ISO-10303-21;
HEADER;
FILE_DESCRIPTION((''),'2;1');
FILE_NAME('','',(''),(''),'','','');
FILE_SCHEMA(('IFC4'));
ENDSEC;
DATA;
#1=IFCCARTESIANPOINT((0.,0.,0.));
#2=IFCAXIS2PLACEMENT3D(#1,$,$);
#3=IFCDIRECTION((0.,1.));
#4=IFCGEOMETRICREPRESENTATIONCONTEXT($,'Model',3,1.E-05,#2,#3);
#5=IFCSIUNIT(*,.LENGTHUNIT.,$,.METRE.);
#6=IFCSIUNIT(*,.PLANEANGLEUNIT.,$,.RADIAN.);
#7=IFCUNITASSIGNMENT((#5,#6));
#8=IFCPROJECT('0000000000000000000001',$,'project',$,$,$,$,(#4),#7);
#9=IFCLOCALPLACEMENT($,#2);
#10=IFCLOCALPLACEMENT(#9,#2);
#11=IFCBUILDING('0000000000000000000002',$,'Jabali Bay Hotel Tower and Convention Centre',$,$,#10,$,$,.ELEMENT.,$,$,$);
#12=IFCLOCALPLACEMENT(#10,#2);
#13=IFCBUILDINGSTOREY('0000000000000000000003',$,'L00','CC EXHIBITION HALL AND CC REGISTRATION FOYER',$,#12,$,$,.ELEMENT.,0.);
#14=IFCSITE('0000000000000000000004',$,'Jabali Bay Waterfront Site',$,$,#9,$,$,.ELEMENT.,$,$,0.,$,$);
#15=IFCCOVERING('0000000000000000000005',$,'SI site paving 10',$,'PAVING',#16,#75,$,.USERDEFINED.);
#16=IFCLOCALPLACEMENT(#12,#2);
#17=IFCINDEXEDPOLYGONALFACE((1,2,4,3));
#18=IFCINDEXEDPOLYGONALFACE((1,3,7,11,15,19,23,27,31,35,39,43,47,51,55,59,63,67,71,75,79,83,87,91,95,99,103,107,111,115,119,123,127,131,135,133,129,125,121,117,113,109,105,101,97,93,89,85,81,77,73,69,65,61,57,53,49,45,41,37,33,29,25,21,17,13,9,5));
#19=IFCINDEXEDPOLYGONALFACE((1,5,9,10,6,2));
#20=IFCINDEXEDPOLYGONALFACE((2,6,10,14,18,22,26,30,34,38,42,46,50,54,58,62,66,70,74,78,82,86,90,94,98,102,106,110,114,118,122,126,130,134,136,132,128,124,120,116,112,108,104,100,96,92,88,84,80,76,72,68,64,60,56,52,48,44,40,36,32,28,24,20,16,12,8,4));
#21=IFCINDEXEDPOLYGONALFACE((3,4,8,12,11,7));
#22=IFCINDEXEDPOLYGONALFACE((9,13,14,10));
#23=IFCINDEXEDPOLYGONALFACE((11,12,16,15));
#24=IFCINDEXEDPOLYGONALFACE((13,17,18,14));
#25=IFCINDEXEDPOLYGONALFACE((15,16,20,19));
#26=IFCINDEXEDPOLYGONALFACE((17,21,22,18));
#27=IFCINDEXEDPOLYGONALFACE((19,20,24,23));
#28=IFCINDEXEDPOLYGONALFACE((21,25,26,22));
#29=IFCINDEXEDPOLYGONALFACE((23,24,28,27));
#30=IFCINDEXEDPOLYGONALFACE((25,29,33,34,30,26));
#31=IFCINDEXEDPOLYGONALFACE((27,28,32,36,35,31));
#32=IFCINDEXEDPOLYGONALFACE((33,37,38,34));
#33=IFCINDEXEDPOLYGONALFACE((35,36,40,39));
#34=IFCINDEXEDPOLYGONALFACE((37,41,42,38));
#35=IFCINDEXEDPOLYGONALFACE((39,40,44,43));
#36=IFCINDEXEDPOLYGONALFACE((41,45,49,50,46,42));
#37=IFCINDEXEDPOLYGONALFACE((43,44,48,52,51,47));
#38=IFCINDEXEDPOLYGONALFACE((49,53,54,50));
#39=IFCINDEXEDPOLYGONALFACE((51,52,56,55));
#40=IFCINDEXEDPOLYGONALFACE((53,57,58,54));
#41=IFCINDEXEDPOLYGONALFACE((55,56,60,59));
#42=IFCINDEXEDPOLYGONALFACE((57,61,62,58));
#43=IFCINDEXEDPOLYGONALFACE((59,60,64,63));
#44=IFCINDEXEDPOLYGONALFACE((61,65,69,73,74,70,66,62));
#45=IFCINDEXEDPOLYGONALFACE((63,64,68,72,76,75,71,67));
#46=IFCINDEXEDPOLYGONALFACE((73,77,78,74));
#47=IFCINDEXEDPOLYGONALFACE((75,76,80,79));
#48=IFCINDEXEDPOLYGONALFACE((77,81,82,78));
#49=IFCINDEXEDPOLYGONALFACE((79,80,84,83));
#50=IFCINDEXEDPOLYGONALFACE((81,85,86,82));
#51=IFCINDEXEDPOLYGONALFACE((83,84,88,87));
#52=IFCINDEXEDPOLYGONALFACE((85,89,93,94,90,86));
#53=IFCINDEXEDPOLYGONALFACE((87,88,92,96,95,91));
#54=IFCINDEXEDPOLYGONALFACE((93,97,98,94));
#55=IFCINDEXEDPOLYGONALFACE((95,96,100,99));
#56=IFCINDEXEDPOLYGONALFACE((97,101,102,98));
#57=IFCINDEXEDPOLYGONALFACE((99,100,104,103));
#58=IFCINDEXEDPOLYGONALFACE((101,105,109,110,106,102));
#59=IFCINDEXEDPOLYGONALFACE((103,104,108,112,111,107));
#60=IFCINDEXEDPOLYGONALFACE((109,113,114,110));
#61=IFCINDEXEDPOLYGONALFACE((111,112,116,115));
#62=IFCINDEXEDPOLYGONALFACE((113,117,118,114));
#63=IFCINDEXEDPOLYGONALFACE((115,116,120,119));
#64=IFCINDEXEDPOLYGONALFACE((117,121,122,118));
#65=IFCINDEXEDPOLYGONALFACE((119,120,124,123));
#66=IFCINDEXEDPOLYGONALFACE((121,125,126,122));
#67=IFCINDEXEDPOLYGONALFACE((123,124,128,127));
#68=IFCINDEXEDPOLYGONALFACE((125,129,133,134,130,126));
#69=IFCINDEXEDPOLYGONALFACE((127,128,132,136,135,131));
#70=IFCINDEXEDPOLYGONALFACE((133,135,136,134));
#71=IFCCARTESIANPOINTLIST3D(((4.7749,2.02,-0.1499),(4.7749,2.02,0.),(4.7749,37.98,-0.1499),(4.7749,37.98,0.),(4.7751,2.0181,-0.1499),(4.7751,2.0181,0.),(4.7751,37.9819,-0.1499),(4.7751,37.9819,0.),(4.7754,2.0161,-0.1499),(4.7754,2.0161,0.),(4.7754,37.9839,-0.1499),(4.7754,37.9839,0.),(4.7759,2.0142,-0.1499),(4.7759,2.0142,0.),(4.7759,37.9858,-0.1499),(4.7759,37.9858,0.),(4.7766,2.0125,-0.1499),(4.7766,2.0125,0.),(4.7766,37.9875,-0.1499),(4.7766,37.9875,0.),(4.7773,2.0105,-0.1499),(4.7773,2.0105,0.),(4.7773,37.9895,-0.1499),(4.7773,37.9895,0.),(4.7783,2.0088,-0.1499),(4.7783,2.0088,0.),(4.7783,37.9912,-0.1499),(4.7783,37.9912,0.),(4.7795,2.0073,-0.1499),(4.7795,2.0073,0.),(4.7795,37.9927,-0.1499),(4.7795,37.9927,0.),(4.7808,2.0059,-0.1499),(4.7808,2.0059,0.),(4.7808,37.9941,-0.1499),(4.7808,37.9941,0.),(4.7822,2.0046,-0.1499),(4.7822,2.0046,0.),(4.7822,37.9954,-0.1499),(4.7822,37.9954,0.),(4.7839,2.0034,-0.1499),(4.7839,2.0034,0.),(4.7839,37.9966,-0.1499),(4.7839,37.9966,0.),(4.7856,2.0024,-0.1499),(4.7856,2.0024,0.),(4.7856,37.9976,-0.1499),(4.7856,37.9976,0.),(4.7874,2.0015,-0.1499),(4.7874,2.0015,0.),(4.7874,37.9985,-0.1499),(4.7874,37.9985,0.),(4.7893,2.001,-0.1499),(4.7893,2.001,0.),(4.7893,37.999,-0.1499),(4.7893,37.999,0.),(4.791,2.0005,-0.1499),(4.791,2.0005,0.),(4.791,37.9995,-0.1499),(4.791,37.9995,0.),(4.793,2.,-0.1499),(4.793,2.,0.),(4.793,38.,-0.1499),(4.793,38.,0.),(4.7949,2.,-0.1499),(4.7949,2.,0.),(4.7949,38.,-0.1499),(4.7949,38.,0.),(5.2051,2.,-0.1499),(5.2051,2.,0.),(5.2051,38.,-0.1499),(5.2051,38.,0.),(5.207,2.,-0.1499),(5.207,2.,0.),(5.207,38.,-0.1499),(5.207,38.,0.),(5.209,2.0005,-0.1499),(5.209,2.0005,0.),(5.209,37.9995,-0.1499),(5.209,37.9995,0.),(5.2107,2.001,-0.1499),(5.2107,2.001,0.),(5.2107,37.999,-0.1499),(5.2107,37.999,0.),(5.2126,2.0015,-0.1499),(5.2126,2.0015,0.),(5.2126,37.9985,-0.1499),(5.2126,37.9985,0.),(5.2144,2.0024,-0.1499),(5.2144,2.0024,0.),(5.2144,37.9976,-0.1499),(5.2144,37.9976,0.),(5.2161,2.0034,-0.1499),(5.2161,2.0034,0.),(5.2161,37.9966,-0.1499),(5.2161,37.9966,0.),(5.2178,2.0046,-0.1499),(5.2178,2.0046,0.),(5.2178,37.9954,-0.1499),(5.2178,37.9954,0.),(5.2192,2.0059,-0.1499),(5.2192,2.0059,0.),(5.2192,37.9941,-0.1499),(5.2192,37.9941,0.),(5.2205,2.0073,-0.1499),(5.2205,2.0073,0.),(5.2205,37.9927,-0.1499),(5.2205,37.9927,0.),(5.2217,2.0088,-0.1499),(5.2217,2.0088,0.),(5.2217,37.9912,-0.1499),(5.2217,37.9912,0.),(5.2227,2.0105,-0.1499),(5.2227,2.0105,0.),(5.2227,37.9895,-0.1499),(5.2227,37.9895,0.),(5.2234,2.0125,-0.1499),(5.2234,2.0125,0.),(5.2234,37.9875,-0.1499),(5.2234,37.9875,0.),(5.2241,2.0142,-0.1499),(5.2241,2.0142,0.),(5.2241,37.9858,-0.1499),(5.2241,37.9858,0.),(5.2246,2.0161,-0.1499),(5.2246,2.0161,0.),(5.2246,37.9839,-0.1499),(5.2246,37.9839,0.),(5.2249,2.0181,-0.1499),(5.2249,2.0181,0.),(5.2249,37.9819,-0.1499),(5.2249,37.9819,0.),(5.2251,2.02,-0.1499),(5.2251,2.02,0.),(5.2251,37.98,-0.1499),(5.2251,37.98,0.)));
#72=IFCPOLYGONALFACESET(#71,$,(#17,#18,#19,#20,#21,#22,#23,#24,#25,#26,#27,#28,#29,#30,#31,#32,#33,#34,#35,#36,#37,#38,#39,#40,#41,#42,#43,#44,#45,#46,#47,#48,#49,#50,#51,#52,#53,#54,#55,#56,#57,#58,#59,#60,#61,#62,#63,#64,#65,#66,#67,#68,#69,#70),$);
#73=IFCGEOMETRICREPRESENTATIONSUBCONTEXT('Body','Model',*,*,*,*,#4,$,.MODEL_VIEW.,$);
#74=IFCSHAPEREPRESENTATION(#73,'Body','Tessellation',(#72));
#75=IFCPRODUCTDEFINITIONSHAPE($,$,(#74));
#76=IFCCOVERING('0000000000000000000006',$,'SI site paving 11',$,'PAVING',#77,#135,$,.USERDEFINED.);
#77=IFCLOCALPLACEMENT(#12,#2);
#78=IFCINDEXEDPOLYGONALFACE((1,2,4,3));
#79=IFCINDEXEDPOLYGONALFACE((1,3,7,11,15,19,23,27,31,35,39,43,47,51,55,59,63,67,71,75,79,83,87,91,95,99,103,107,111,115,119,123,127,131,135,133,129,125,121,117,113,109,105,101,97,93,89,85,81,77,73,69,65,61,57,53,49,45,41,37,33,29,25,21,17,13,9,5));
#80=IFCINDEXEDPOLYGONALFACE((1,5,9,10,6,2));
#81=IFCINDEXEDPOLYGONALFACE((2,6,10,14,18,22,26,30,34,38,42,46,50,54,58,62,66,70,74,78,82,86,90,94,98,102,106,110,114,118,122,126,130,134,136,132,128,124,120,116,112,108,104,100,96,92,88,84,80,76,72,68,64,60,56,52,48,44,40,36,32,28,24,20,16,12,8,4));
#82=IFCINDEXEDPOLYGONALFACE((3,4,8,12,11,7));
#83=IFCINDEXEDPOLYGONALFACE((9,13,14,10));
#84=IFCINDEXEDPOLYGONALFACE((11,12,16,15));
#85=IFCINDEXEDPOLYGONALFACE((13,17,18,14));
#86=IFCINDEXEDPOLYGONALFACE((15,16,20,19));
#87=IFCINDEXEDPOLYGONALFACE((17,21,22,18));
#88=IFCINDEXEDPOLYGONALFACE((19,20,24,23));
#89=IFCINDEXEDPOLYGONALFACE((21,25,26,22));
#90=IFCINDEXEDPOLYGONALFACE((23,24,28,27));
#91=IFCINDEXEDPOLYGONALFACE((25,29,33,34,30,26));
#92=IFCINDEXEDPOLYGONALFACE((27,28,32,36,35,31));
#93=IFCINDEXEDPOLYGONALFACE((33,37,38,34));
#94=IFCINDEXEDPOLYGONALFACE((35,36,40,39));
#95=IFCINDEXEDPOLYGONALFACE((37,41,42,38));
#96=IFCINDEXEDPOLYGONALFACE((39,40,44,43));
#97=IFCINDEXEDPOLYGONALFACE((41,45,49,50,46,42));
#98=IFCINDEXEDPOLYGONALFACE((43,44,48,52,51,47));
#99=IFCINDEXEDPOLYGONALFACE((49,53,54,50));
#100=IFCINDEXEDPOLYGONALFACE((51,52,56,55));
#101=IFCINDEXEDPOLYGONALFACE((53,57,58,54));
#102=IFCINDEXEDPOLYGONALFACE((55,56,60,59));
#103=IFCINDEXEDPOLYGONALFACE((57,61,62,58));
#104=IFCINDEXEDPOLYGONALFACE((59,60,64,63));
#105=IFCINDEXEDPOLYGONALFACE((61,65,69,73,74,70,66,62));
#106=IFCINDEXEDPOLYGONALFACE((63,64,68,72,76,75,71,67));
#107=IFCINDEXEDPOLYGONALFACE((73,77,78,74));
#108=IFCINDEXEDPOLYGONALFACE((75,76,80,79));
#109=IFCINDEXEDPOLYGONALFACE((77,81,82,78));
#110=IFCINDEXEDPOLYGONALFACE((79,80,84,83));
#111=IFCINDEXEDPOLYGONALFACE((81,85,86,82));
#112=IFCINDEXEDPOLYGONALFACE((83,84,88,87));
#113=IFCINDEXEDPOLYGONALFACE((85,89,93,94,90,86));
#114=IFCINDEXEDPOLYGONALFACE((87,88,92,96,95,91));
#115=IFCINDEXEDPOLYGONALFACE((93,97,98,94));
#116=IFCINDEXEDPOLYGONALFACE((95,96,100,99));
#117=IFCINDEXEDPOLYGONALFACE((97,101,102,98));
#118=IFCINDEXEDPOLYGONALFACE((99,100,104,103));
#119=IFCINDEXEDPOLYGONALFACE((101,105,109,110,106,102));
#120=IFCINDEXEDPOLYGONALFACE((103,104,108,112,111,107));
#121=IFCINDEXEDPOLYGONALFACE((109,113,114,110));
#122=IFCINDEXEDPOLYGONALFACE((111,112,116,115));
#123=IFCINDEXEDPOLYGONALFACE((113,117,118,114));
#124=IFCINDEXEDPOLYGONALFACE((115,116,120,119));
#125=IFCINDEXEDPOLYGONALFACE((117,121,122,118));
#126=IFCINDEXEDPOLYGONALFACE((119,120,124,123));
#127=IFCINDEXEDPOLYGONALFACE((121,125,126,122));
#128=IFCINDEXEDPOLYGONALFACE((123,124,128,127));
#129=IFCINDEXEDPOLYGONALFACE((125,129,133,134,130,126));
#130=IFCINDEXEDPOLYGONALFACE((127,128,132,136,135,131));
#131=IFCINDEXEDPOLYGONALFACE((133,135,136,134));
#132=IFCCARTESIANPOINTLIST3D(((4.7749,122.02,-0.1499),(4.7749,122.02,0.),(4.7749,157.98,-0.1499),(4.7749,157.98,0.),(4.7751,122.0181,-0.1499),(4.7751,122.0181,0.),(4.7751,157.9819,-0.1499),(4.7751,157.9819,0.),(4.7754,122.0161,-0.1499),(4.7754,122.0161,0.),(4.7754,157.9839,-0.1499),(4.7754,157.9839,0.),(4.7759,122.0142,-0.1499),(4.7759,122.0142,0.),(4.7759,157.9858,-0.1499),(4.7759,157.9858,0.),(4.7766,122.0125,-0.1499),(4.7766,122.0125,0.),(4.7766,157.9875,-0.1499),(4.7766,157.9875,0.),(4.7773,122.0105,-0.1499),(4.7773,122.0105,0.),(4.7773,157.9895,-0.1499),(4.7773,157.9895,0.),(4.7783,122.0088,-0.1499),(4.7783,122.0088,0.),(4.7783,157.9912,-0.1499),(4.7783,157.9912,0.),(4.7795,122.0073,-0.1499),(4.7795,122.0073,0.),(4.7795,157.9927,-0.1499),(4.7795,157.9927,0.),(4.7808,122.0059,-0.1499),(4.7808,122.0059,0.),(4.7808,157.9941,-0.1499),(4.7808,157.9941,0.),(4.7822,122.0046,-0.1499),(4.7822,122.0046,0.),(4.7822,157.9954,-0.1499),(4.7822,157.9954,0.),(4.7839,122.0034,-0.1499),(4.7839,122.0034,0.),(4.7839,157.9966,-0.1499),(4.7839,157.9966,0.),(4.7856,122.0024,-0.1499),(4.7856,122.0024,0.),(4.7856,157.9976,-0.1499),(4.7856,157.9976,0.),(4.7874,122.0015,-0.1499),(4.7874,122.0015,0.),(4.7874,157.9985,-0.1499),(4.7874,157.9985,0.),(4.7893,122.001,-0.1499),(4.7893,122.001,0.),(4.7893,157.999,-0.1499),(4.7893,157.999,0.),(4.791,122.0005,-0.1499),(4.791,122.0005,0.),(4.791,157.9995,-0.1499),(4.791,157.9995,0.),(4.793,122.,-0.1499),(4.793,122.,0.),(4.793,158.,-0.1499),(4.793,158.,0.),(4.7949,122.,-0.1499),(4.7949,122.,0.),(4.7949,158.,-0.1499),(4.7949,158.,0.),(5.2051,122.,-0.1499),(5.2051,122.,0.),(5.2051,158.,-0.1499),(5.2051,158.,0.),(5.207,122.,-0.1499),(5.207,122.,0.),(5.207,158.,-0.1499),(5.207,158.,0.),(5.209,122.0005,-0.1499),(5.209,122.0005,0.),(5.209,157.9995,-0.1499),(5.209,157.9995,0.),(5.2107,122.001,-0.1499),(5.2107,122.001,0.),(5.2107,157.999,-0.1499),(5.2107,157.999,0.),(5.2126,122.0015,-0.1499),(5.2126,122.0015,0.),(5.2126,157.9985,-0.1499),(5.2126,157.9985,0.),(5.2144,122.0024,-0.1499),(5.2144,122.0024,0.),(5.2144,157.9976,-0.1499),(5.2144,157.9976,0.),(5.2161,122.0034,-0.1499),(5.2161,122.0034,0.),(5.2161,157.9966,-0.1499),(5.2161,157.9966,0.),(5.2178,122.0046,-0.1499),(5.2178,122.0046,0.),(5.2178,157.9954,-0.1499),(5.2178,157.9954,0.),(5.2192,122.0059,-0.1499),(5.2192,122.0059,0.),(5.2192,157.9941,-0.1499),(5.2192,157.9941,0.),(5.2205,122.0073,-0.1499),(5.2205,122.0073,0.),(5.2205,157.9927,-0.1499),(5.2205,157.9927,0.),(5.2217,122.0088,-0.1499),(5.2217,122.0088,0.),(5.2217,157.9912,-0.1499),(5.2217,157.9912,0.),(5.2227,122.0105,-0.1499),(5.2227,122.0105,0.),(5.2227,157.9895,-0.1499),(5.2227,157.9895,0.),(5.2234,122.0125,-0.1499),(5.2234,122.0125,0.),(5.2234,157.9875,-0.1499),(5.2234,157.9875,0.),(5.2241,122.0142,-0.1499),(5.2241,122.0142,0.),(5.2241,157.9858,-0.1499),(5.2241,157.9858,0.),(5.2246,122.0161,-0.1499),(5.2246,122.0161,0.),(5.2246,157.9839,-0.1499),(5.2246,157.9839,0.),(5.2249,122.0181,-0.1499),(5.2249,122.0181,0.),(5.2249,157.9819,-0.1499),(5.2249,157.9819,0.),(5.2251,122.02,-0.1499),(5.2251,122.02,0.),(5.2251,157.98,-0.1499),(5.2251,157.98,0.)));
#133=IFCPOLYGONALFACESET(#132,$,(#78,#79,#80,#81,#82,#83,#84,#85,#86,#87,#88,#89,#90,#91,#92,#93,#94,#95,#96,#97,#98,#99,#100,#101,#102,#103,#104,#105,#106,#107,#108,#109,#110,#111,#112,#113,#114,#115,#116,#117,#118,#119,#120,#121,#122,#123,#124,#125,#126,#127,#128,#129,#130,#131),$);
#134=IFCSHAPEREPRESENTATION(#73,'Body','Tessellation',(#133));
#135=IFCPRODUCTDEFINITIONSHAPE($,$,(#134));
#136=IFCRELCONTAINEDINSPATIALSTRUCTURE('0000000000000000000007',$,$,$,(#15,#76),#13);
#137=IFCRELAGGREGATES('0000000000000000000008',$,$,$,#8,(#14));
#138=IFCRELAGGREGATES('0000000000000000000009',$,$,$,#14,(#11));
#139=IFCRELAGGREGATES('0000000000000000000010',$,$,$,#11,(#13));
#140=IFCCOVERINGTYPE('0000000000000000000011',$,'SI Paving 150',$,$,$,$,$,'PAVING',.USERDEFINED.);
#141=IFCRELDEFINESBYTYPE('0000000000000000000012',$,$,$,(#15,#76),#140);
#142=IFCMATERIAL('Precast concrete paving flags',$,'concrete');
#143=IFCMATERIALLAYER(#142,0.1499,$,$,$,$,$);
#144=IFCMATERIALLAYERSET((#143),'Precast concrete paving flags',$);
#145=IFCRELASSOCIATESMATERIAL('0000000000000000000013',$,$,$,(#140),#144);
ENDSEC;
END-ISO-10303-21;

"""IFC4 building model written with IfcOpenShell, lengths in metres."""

from ifc_helpers import new_model, si_unit, direction, frame, origin, place, context, subcontext, project, spatial, polyline, outline, extrude, material, layer, layer_set, type_object, element, save


model = new_model("IFC4")

# Units and contexts
model_context = context("Model", 3, precision=1e-05, world=origin(), true_north=direction((0.0, 1.0)))
body_context = subcontext(model_context, "Body", "Model", "MODEL_VIEW")
ifc_project = project(units=[si_unit("LENGTHUNIT", "METRE"), si_unit("PLANEANGLEUNIT", "RADIAN")], contexts=[model_context])

# Site, building, storey
site_placement = place(None, origin())
site = spatial("IfcSite", under=ifc_project, at=site_placement, Name="Jabali Bay Waterfront Site", CompositionType="ELEMENT", RefElevation=0.0)
building_placement = place(site_placement, origin())
building = spatial("IfcBuilding", under=site, at=building_placement, Name="Jabali Bay Hotel Tower and Convention Centre", CompositionType="ELEMENT")
storey_placement = place(building_placement, origin())
storey = spatial("IfcBuildingStorey", under=building, at=storey_placement, Name="L00", Description="CC EXHIBITION HALL AND CC REGISTRATION FOYER", CompositionType="ELEMENT", Elevation=0.0)

# Coverings
ifc_material_1 = material(Name="Precast concrete paving flags", Category="concrete")
ifc_layer_1 = layer(ifc_material_1, 0.1499)
ifc_layer_set_1 = layer_set([ifc_layer_1], Name="Precast concrete paving flags")
covering_type = type_object("IfcCoveringType", Name="SI Paving 150", ElementType="PAVING", PredefinedType="USERDEFINED", material=ifc_layer_set_1)
covering_1_placement = place(storey_placement, frame((0.0, 0.0, -0.1499)))
element("IfcCovering", 1, at=covering_1_placement, inside=storey, type_object=covering_type, Name="SI site paving 10", ObjectType="PAVING", PredefinedType="USERDEFINED", context=body_context, shape_type="SweptSolid", body=[
    extrude(outline(polyline([(5.2249, 2.0181), (5.2251, 2.02), (5.2251, 37.98), (5.2249, 37.9819), (5.2246, 37.9839), (5.2241, 37.9858), (5.2234, 37.9875), (5.2227, 37.9895), (5.2217, 37.9912), (5.2205, 37.9927), (5.2192, 37.9941), (5.2178, 37.9954), (5.2161, 37.9966), (5.2144, 37.9976), (5.2126, 37.9985), (5.2107, 37.999), (5.209, 37.9995), (5.207, 38.0), (5.2051, 38.0), (4.7949, 38.0), (4.793, 38.0), (4.791, 37.9995), (4.7893, 37.999), (4.7874, 37.9985), (4.7856, 37.9976), (4.7839, 37.9966), (4.7822, 37.9954), (4.7808, 37.9941), (4.7795, 37.9927), (4.7783, 37.9912), (4.7773, 37.9895), (4.7766, 37.9875), (4.7759, 37.9858), (4.7754, 37.9839), (4.7751, 37.9819), (4.7749, 37.98), (4.7749, 2.02), (4.7751, 2.0181), (4.7754, 2.0161), (4.7759, 2.0142), (4.7766, 2.0125), (4.7773, 2.0105), (4.7783, 2.0088), (4.7795, 2.0073), (4.7808, 2.0059), (4.7822, 2.0046), (4.7839, 2.0034), (4.7856, 2.0024), (4.7874, 2.0015), (4.7893, 2.001), (4.791, 2.0005), (4.793, 2.0), (4.7949, 2.0), (5.2051, 2.0), (5.207, 2.0), (5.209, 2.0005), (5.2107, 2.001), (5.2126, 2.0015), (5.2144, 2.0024), (5.2161, 2.0034), (5.2178, 2.0046), (5.2192, 2.0059), (5.2205, 2.0073), (5.2217, 2.0088), (5.2227, 2.0105), (5.2234, 2.0125), (5.2241, 2.0142), (5.2246, 2.0161), (5.2249, 2.0181)])), origin(), (0.0, 0.0, 1.0), 0.1499),
])
covering_2_placement = place(storey_placement, frame((0.0, 0.0, -0.1499)))
element("IfcCovering", 2, at=covering_2_placement, inside=storey, type_object=covering_type, Name="SI site paving 11", ObjectType="PAVING", PredefinedType="USERDEFINED", context=body_context, shape_type="SweptSolid", body=[
    extrude(outline(polyline([(5.2249, 122.0181), (5.2251, 122.02), (5.2251, 157.98), (5.2249, 157.9819), (5.2246, 157.9839), (5.2241, 157.9858), (5.2234, 157.9875), (5.2227, 157.9895), (5.2217, 157.9912), (5.2205, 157.9927), (5.2192, 157.9941), (5.2178, 157.9954), (5.2161, 157.9966), (5.2144, 157.9976), (5.2126, 157.9985), (5.2107, 157.999), (5.209, 157.9995), (5.207, 158.0), (5.2051, 158.0), (4.7949, 158.0), (4.793, 158.0), (4.791, 157.9995), (4.7893, 157.999), (4.7874, 157.9985), (4.7856, 157.9976), (4.7839, 157.9966), (4.7822, 157.9954), (4.7808, 157.9941), (4.7795, 157.9927), (4.7783, 157.9912), (4.7773, 157.9895), (4.7766, 157.9875), (4.7759, 157.9858), (4.7754, 157.9839), (4.7751, 157.9819), (4.7749, 157.98), (4.7749, 122.02), (4.7751, 122.0181), (4.7754, 122.0161), (4.7759, 122.0142), (4.7766, 122.0125), (4.7773, 122.0105), (4.7783, 122.0088), (4.7795, 122.0073), (4.7808, 122.0059), (4.7822, 122.0046), (4.7839, 122.0034), (4.7856, 122.0024), (4.7874, 122.0015), (4.7893, 122.001), (4.791, 122.0005), (4.793, 122.0), (4.7949, 122.0), (5.2051, 122.0), (5.207, 122.0), (5.209, 122.0005), (5.2107, 122.001), (5.2126, 122.0015), (5.2144, 122.0024), (5.2161, 122.0034), (5.2178, 122.0046), (5.2192, 122.0059), (5.2205, 122.0073), (5.2217, 122.0088), (5.2227, 122.0105), (5.2234, 122.0125), (5.2241, 122.0142), (5.2246, 122.0161), (5.2249, 122.0181)])), origin(), (0.0, 0.0, 1.0), 0.1499),
])

save(model, "model.ifc")
